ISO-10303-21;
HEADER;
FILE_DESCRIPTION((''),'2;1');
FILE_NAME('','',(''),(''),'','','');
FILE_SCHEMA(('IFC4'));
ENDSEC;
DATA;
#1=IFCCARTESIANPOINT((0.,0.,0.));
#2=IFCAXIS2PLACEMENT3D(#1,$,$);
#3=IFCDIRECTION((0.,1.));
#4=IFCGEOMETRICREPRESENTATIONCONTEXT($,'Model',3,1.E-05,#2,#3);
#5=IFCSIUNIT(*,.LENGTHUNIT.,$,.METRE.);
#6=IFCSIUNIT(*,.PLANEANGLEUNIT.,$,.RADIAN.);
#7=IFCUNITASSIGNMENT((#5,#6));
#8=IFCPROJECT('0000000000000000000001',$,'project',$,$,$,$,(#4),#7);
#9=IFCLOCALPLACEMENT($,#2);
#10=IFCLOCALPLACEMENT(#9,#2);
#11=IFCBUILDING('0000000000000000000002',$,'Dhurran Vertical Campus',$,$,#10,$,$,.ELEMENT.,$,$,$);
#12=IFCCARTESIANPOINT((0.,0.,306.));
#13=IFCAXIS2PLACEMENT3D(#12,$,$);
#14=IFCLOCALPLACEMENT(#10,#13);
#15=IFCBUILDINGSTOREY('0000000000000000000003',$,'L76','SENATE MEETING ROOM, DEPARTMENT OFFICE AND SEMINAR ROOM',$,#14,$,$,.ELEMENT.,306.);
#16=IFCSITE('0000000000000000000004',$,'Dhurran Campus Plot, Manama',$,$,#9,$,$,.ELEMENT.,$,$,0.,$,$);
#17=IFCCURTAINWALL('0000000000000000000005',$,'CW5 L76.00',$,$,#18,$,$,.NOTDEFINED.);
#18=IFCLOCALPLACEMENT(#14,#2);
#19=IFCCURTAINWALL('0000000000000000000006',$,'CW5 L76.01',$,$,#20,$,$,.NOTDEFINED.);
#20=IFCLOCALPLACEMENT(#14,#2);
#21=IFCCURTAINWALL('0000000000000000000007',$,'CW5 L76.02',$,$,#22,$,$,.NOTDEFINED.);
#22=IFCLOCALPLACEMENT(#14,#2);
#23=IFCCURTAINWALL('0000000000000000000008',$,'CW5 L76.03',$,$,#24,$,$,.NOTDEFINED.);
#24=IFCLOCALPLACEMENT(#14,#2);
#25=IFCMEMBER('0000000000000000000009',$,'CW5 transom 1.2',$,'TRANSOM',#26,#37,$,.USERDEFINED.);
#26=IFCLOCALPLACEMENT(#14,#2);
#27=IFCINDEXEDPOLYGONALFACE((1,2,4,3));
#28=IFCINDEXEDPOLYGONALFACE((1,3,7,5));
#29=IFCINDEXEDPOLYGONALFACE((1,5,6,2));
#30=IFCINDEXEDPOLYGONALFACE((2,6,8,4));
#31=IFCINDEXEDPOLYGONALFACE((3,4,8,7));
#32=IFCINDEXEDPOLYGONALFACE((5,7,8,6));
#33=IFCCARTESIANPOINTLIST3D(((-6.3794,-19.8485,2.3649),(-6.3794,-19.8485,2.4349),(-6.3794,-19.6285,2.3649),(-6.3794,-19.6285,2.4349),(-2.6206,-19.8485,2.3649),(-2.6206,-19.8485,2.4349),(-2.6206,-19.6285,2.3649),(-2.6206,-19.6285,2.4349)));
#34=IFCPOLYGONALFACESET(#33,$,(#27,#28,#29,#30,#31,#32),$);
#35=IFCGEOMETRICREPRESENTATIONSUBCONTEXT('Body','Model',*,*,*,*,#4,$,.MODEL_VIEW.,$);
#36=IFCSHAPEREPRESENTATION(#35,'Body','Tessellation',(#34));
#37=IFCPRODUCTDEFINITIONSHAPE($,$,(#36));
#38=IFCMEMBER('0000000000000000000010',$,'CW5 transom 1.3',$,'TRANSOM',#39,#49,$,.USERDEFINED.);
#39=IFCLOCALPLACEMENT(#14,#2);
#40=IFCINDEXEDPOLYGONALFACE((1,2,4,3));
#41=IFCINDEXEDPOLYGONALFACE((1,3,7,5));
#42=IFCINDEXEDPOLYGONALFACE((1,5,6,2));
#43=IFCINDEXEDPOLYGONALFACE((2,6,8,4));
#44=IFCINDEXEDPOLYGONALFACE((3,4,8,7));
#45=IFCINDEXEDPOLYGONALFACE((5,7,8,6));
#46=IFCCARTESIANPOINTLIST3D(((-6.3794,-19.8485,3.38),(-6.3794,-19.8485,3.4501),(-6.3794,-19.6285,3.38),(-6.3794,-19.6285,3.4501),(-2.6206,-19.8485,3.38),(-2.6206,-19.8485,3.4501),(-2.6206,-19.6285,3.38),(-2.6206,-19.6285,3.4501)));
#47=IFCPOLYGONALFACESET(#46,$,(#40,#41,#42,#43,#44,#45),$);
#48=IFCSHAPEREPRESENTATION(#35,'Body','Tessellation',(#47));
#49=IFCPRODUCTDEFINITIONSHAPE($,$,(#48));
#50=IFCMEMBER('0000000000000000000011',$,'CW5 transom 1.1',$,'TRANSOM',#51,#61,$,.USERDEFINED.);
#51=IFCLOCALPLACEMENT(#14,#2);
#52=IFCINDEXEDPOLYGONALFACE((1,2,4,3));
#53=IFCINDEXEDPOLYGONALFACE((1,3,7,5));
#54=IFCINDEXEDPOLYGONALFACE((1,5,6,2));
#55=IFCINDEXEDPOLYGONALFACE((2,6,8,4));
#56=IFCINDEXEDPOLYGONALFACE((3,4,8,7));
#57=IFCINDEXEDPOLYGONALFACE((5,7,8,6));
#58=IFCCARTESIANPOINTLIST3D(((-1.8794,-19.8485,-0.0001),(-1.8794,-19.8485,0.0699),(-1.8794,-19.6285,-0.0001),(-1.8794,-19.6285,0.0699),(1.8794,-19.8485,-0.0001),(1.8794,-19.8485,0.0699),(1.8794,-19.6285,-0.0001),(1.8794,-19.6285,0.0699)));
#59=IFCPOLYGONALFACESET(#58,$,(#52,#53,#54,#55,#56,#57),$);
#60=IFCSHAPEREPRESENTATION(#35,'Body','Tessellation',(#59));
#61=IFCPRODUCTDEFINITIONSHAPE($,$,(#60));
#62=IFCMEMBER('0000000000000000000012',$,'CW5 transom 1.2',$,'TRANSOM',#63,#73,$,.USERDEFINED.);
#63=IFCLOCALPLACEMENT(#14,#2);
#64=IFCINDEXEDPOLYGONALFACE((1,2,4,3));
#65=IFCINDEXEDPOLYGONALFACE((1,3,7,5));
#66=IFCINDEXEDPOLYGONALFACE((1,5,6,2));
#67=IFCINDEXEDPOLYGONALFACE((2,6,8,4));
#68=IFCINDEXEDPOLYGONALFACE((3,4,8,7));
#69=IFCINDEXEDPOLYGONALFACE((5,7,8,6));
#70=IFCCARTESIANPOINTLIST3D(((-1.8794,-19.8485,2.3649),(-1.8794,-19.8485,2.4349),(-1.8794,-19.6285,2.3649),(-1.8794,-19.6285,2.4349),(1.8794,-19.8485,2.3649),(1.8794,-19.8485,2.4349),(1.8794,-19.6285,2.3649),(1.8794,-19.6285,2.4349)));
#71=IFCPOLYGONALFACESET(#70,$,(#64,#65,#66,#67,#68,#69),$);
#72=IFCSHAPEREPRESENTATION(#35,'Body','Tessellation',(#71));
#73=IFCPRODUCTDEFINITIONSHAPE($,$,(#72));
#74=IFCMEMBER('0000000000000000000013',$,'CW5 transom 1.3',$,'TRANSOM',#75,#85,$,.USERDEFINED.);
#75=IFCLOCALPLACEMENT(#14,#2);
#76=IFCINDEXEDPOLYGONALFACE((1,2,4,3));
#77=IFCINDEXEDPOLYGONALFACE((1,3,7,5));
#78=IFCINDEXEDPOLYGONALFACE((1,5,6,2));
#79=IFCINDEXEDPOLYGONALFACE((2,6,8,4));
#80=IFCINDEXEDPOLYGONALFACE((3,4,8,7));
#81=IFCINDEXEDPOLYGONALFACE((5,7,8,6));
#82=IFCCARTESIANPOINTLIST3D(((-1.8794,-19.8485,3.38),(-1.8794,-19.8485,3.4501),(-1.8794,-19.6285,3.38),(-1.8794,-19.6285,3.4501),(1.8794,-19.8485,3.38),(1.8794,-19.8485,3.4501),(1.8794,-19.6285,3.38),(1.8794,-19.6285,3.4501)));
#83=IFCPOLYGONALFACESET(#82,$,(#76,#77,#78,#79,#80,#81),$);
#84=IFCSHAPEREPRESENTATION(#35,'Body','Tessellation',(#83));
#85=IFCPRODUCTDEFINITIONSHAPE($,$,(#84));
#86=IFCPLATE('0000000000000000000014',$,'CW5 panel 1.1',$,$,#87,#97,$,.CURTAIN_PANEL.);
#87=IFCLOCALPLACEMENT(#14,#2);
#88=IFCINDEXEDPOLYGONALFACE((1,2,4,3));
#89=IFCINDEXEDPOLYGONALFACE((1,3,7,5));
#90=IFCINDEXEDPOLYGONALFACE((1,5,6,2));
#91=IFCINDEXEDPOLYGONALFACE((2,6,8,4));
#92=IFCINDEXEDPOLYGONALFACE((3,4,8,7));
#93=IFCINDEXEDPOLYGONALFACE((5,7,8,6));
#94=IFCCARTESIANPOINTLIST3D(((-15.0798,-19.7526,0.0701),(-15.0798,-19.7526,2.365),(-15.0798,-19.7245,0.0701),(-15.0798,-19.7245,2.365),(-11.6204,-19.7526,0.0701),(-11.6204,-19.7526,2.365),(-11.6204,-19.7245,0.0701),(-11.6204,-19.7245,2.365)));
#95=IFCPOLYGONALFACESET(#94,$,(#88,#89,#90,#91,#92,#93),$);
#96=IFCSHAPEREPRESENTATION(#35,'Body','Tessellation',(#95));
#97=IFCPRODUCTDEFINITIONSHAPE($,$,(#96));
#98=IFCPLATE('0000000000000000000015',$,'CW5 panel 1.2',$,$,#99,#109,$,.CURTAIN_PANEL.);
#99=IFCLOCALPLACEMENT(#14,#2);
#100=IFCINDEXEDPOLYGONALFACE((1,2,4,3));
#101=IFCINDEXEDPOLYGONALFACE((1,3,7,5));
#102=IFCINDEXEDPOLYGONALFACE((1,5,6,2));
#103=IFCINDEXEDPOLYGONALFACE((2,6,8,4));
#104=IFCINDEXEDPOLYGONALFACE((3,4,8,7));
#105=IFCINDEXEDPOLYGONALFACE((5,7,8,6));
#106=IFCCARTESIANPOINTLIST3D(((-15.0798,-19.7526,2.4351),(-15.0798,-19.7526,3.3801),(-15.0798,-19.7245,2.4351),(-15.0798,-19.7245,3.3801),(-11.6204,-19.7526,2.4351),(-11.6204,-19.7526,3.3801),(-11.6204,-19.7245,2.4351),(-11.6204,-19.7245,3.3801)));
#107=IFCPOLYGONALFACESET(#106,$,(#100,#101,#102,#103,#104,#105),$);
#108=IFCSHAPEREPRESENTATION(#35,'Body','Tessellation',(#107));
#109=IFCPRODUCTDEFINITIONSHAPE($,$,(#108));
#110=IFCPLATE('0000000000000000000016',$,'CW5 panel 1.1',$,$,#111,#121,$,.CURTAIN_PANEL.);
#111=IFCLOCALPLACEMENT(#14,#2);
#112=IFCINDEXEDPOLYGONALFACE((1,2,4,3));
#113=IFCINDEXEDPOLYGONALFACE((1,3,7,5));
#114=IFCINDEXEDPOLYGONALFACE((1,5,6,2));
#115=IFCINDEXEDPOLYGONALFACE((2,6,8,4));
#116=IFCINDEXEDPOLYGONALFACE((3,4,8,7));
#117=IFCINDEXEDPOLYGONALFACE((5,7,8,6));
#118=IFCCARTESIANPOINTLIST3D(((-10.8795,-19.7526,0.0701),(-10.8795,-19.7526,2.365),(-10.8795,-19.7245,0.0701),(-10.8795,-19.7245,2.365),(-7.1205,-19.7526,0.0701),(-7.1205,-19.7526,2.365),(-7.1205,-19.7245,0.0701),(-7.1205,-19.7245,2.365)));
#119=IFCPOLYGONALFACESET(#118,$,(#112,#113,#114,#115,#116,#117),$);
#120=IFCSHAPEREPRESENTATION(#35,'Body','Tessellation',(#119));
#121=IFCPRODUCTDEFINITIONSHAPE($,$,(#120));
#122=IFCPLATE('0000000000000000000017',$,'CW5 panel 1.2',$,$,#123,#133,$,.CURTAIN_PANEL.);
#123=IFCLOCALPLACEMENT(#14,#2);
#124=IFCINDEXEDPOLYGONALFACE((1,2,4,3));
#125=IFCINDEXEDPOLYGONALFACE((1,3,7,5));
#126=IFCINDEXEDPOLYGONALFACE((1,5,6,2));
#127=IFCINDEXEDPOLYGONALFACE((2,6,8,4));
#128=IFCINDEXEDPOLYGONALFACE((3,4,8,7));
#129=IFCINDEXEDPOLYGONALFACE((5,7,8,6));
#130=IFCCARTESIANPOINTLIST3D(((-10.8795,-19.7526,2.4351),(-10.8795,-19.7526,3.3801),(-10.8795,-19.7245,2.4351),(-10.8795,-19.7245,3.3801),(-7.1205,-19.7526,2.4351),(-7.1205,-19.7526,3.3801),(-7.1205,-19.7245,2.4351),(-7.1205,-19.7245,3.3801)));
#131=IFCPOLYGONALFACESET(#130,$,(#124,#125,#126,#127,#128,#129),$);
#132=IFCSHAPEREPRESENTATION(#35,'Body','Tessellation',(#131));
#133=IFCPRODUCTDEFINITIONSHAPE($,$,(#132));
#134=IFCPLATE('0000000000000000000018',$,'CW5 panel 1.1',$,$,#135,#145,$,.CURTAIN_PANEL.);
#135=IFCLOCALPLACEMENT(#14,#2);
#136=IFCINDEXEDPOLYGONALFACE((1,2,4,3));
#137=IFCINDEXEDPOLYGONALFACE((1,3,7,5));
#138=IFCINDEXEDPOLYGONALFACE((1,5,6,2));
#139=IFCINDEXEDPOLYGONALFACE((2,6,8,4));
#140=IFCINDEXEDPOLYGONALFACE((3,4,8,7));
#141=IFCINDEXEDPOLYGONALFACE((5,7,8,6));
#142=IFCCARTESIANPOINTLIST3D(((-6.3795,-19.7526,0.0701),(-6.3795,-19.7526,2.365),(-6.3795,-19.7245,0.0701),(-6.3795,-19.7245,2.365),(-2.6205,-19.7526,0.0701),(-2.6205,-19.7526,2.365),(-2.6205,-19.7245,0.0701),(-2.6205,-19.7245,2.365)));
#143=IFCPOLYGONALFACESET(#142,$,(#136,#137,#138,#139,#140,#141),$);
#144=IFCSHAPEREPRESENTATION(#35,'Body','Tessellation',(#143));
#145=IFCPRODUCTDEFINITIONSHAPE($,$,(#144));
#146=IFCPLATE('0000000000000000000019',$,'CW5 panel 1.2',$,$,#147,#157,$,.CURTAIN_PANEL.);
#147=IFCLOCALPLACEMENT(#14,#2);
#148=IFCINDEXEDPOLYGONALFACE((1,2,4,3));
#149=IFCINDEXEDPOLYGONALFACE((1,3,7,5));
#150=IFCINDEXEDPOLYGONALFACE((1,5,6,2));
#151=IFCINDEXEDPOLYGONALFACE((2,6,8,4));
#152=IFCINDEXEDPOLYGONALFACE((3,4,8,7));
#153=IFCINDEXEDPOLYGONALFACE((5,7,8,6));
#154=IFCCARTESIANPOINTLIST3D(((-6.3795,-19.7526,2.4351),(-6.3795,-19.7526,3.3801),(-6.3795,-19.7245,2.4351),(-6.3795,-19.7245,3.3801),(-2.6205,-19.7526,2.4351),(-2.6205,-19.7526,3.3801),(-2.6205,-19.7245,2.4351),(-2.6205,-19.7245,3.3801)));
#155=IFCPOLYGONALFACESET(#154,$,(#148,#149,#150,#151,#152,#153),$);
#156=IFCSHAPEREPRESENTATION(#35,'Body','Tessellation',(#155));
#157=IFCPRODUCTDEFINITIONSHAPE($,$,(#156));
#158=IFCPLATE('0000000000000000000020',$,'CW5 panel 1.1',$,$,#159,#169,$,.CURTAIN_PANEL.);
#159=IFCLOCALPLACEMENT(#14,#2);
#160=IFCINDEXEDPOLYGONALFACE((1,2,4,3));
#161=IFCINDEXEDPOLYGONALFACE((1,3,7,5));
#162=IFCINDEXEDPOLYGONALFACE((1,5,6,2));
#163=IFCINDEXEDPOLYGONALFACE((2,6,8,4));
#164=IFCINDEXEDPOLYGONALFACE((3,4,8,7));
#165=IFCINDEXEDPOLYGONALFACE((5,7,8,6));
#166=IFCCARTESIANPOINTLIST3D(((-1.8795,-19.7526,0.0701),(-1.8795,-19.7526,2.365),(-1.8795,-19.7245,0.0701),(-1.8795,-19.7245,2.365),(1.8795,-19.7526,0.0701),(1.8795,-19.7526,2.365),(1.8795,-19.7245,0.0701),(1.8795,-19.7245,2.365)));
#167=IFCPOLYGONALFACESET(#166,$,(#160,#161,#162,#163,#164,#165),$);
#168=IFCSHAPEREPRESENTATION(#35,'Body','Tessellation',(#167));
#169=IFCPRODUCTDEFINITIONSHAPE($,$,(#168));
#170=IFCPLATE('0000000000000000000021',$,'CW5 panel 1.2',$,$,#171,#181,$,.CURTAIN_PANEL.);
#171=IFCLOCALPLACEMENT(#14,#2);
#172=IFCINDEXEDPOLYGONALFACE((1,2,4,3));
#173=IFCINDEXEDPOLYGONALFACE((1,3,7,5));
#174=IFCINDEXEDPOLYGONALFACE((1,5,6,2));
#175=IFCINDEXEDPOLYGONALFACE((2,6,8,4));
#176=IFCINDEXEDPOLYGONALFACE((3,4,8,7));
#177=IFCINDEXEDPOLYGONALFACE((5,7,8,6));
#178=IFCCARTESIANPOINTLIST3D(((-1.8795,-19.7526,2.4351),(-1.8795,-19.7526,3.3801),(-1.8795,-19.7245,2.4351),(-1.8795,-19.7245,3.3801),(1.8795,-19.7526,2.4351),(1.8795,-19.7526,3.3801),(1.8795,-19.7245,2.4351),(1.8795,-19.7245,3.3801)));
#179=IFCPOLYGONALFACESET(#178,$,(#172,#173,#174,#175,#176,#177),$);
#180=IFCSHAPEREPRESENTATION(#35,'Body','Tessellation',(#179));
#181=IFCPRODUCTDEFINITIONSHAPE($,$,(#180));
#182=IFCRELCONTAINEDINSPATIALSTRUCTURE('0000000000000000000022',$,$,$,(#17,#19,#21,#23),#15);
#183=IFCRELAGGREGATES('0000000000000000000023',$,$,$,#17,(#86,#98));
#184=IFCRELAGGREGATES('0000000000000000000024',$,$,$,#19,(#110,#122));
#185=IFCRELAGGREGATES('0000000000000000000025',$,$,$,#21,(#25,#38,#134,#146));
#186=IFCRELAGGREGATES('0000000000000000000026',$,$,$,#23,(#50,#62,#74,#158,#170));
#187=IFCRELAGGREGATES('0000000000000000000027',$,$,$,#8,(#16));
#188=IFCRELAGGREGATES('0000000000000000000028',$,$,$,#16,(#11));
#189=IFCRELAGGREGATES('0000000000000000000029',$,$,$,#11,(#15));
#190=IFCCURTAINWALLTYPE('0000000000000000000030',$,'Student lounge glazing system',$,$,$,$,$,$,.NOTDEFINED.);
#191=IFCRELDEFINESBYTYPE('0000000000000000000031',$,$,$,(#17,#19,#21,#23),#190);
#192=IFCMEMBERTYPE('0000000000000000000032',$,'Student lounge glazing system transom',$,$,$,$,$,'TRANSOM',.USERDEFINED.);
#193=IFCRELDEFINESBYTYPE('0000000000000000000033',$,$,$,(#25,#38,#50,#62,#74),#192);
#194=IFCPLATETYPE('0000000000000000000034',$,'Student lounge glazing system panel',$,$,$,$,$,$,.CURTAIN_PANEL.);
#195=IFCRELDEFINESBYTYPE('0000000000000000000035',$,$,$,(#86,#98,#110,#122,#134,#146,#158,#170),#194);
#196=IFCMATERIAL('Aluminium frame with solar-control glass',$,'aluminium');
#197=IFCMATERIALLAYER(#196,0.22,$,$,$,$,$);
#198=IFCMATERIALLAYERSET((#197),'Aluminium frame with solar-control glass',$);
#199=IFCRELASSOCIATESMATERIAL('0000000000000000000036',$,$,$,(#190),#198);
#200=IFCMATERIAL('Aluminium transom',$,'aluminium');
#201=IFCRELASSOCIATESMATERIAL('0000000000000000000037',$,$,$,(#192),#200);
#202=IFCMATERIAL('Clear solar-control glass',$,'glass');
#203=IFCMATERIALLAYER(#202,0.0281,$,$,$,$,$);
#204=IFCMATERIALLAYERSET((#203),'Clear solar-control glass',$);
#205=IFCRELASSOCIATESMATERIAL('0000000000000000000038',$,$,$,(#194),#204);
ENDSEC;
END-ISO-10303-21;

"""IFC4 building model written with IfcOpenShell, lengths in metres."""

from ifc_helpers import new_model, si_unit, direction, frame, origin, origin_2d, place, context, subcontext, project, spatial, rectangle, extrude, material, layer, layer_set, material_profile, profile_set, type_object, element, aggregate, save


model = new_model("IFC4")

# Units and contexts
model_context = context("Model", 3, precision=1e-05, world=origin(), true_north=direction((0.0, 1.0)))
body_context = subcontext(model_context, "Body", "Model", "MODEL_VIEW")
ifc_project = project(units=[si_unit("LENGTHUNIT", "METRE"), si_unit("PLANEANGLEUNIT", "RADIAN")], contexts=[model_context])

# Site, building, storey
site_placement = place(None, origin())
site = spatial("IfcSite", under=ifc_project, at=site_placement, Name="Dhurran Campus Plot, Manama", CompositionType="ELEMENT", RefElevation=0.0)
building_placement = place(site_placement, origin())
building = spatial("IfcBuilding", under=site, at=building_placement, Name="Dhurran Vertical Campus", CompositionType="ELEMENT")
storey_placement = place(building_placement, frame((0.0, 0.0, 306.0)))
storey = spatial("IfcBuildingStorey", under=building, at=storey_placement, Name="L76", Description="SENATE MEETING ROOM, DEPARTMENT OFFICE AND SEMINAR ROOM", CompositionType="ELEMENT", Elevation=306.0)

# Curtain wall
ifc_material_1 = material(Name="Aluminium frame with solar-control glass", Category="aluminium")
ifc_layer_1 = layer(ifc_material_1, 0.22)
ifc_layer_set_1 = layer_set([ifc_layer_1], Name="Aluminium frame with solar-control glass")
curtain_wall_type = type_object("IfcCurtainWallType", Name="Student lounge glazing system", PredefinedType="NOTDEFINED", material=ifc_layer_set_1)
curtain_wall_1_placement = place(storey_placement, origin())
curtain_wall_1 = element("IfcCurtainWall", 1, at=curtain_wall_1_placement, inside=storey, type_object=curtain_wall_type, Name="CW5 L76.00", PredefinedType="NOTDEFINED")

# Curtain walls
curtain_wall_2_placement = place(storey_placement, origin())
curtain_wall_2 = element("IfcCurtainWall", 2, at=curtain_wall_2_placement, inside=storey, type_object=curtain_wall_type, Name="CW5 L76.01", PredefinedType="NOTDEFINED")
curtain_wall_3_placement = place(storey_placement, origin())
curtain_wall_3 = element("IfcCurtainWall", 3, at=curtain_wall_3_placement, inside=storey, type_object=curtain_wall_type, Name="CW5 L76.02", PredefinedType="NOTDEFINED")

# Curtain wall
curtain_wall_4_placement = place(storey_placement, origin())
curtain_wall_4 = element("IfcCurtainWall", 4, at=curtain_wall_4_placement, inside=storey, type_object=curtain_wall_type, Name="CW5 L76.03", PredefinedType="NOTDEFINED")

# Members
ifc_material_2 = material(Name="Aluminium transom", Category="aluminium")
ifc_material_profile_1 = material_profile(ifc_material_2, rectangle(XDim=0.22, YDim=0.0701, at=origin_2d()), Name="Student lounge glazing system transom")
ifc_profile_set_1 = profile_set([ifc_material_profile_1], Name="Aluminium transom")
member_type_1 = type_object("IfcMemberType", Name="Student lounge glazing system transom", ElementType="TRANSOM", PredefinedType="USERDEFINED", material=ifc_profile_set_1)
member_1_placement = place(storey_placement, frame((-6.3794, -19.7385, 2.3999), z_axis=(1.0, 0.0, 0.0), x_axis=(0.0, 1.0, 0.0)))
member_1 = element("IfcMember", 5, at=member_1_placement, type_object=member_type_1, Name="CW5 transom 1.2", ObjectType="TRANSOM", PredefinedType="USERDEFINED", context=body_context, shape_type="SweptSolid", body=[
    extrude(rectangle(XDim=0.22, YDim=0.0701, at=origin_2d()), origin(), (0.0, 0.0, 1.0), 3.7588),
])
member_2_placement = place(storey_placement, frame((-6.3794, -19.7385, 3.415), z_axis=(1.0, 0.0, 0.0), x_axis=(0.0, 1.0, 0.0)))
member_2 = element("IfcMember", 6, at=member_2_placement, type_object=member_type_1, Name="CW5 transom 1.3", ObjectType="TRANSOM", PredefinedType="USERDEFINED", context=body_context, shape_type="SweptSolid", body=[
    extrude(rectangle(XDim=0.22, YDim=0.0701, at=origin_2d()), origin(), (0.0, 0.0, 1.0), 3.7588),
])
member_3_placement = place(storey_placement, frame((-1.8794, -19.7385, 0.0349), z_axis=(1.0, 0.0, 0.0), x_axis=(0.0, 1.0, 0.0)))
member_3 = element("IfcMember", 7, at=member_3_placement, type_object=member_type_1, Name="CW5 transom 1.1", ObjectType="TRANSOM", PredefinedType="USERDEFINED", context=body_context, shape_type="SweptSolid", body=[
    extrude(rectangle(XDim=0.22, YDim=0.0701, at=origin_2d()), origin(), (0.0, 0.0, 1.0), 3.7588),
])
member_4_placement = place(storey_placement, frame((-1.8794, -19.7385, 2.3999), z_axis=(1.0, 0.0, 0.0), x_axis=(0.0, 1.0, 0.0)))
member_4 = element("IfcMember", 8, at=member_4_placement, type_object=member_type_1, Name="CW5 transom 1.2", ObjectType="TRANSOM", PredefinedType="USERDEFINED", context=body_context, shape_type="SweptSolid", body=[
    extrude(rectangle(XDim=0.22, YDim=0.0701, at=origin_2d()), origin(), (0.0, 0.0, 1.0), 3.7588),
])
member_5_placement = place(storey_placement, frame((-1.8794, -19.7385, 3.415), z_axis=(1.0, 0.0, 0.0), x_axis=(0.0, 1.0, 0.0)))
member_5 = element("IfcMember", 9, at=member_5_placement, type_object=member_type_1, Name="CW5 transom 1.3", ObjectType="TRANSOM", PredefinedType="USERDEFINED", context=body_context, shape_type="SweptSolid", body=[
    extrude(rectangle(XDim=0.22, YDim=0.0701, at=origin_2d()), origin(), (0.0, 0.0, 1.0), 3.7588),
])

# Plates
ifc_material_3 = material(Name="Clear solar-control glass", Category="glass")
ifc_layer_2 = layer(ifc_material_3, 0.0281)
ifc_layer_set_2 = layer_set([ifc_layer_2], Name="Clear solar-control glass")
plate_type = type_object("IfcPlateType", Name="Student lounge glazing system panel", PredefinedType="CURTAIN_PANEL", material=ifc_layer_set_2)
plate_1_placement = place(storey_placement, frame((-13.3501, -19.7385, 0.0701), z_axis=(0.0, 0.0, 1.0), x_axis=(1.0, 0.0, 0.0)))
plate_1 = element("IfcPlate", 10, at=plate_1_placement, type_object=plate_type, Name="CW5 panel 1.1", PredefinedType="CURTAIN_PANEL", context=body_context, shape_type="SweptSolid", body=[
    extrude(rectangle(XDim=3.4595, YDim=0.0281, at=origin_2d()), origin(), (0.0, 0.0, 1.0), 2.2949),
])
plate_2_placement = place(storey_placement, frame((-13.3501, -19.7385, 2.4351), z_axis=(0.0, 0.0, 1.0), x_axis=(1.0, 0.0, 0.0)))
plate_2 = element("IfcPlate", 11, at=plate_2_placement, type_object=plate_type, Name="CW5 panel 1.2", PredefinedType="CURTAIN_PANEL", context=body_context, shape_type="SweptSolid", body=[
    extrude(rectangle(XDim=3.4595, YDim=0.0281, at=origin_2d()), origin(), (0.0, 0.0, 1.0), 0.9451),
])
aggregate(curtain_wall_1, [plate_1, plate_2])
plate_3_placement = place(storey_placement, frame((-9.0, -19.7385, 0.0701), z_axis=(0.0, 0.0, 1.0), x_axis=(1.0, 0.0, 0.0)))
plate_3 = element("IfcPlate", 12, at=plate_3_placement, type_object=plate_type, Name="CW5 panel 1.1", PredefinedType="CURTAIN_PANEL", context=body_context, shape_type="SweptSolid", body=[
    extrude(rectangle(XDim=3.759, YDim=0.0281, at=origin_2d()), origin(), (0.0, 0.0, 1.0), 2.2949),
])
plate_4_placement = place(storey_placement, frame((-9.0, -19.7385, 2.4351), z_axis=(0.0, 0.0, 1.0), x_axis=(1.0, 0.0, 0.0)))
plate_4 = element("IfcPlate", 13, at=plate_4_placement, type_object=plate_type, Name="CW5 panel 1.2", PredefinedType="CURTAIN_PANEL", context=body_context, shape_type="SweptSolid", body=[
    extrude(rectangle(XDim=3.759, YDim=0.0281, at=origin_2d()), origin(), (0.0, 0.0, 1.0), 0.9451),
])
aggregate(curtain_wall_2, [plate_3, plate_4])
plate_5_placement = place(storey_placement, frame((-4.5, -19.7385, 0.0701), z_axis=(0.0, 0.0, 1.0), x_axis=(1.0, 0.0, 0.0)))
plate_5 = element("IfcPlate", 14, at=plate_5_placement, type_object=plate_type, Name="CW5 panel 1.1", PredefinedType="CURTAIN_PANEL", context=body_context, shape_type="SweptSolid", body=[
    extrude(rectangle(XDim=3.759, YDim=0.0281, at=origin_2d()), origin(), (0.0, 0.0, 1.0), 2.2949),
])
plate_6_placement = place(storey_placement, frame((-4.5, -19.7385, 2.4351), z_axis=(0.0, 0.0, 1.0), x_axis=(1.0, 0.0, 0.0)))
plate_6 = element("IfcPlate", 15, at=plate_6_placement, type_object=plate_type, Name="CW5 panel 1.2", PredefinedType="CURTAIN_PANEL", context=body_context, shape_type="SweptSolid", body=[
    extrude(rectangle(XDim=3.759, YDim=0.0281, at=origin_2d()), origin(), (0.0, 0.0, 1.0), 0.9451),
])
aggregate(curtain_wall_3, [member_1, member_2, plate_5, plate_6])
plate_7_placement = place(storey_placement, frame((0.0, -19.7385, 0.0701), z_axis=(0.0, 0.0, 1.0), x_axis=(1.0, 0.0, 0.0)))
plate_7 = element("IfcPlate", 16, at=plate_7_placement, type_object=plate_type, Name="CW5 panel 1.1", PredefinedType="CURTAIN_PANEL", context=body_context, shape_type="SweptSolid", body=[
    extrude(rectangle(XDim=3.759, YDim=0.0281, at=origin_2d()), origin(), (0.0, 0.0, 1.0), 2.2949),
])
plate_8_placement = place(storey_placement, frame((0.0, -19.7385, 2.4351), z_axis=(0.0, 0.0, 1.0), x_axis=(1.0, 0.0, 0.0)))
plate_8 = element("IfcPlate", 17, at=plate_8_placement, type_object=plate_type, Name="CW5 panel 1.2", PredefinedType="CURTAIN_PANEL", context=body_context, shape_type="SweptSolid", body=[
    extrude(rectangle(XDim=3.759, YDim=0.0281, at=origin_2d()), origin(), (0.0, 0.0, 1.0), 0.9451),
])
aggregate(curtain_wall_4, [member_3, member_4, member_5, plate_7, plate_8])

save(model, "model.ifc")
